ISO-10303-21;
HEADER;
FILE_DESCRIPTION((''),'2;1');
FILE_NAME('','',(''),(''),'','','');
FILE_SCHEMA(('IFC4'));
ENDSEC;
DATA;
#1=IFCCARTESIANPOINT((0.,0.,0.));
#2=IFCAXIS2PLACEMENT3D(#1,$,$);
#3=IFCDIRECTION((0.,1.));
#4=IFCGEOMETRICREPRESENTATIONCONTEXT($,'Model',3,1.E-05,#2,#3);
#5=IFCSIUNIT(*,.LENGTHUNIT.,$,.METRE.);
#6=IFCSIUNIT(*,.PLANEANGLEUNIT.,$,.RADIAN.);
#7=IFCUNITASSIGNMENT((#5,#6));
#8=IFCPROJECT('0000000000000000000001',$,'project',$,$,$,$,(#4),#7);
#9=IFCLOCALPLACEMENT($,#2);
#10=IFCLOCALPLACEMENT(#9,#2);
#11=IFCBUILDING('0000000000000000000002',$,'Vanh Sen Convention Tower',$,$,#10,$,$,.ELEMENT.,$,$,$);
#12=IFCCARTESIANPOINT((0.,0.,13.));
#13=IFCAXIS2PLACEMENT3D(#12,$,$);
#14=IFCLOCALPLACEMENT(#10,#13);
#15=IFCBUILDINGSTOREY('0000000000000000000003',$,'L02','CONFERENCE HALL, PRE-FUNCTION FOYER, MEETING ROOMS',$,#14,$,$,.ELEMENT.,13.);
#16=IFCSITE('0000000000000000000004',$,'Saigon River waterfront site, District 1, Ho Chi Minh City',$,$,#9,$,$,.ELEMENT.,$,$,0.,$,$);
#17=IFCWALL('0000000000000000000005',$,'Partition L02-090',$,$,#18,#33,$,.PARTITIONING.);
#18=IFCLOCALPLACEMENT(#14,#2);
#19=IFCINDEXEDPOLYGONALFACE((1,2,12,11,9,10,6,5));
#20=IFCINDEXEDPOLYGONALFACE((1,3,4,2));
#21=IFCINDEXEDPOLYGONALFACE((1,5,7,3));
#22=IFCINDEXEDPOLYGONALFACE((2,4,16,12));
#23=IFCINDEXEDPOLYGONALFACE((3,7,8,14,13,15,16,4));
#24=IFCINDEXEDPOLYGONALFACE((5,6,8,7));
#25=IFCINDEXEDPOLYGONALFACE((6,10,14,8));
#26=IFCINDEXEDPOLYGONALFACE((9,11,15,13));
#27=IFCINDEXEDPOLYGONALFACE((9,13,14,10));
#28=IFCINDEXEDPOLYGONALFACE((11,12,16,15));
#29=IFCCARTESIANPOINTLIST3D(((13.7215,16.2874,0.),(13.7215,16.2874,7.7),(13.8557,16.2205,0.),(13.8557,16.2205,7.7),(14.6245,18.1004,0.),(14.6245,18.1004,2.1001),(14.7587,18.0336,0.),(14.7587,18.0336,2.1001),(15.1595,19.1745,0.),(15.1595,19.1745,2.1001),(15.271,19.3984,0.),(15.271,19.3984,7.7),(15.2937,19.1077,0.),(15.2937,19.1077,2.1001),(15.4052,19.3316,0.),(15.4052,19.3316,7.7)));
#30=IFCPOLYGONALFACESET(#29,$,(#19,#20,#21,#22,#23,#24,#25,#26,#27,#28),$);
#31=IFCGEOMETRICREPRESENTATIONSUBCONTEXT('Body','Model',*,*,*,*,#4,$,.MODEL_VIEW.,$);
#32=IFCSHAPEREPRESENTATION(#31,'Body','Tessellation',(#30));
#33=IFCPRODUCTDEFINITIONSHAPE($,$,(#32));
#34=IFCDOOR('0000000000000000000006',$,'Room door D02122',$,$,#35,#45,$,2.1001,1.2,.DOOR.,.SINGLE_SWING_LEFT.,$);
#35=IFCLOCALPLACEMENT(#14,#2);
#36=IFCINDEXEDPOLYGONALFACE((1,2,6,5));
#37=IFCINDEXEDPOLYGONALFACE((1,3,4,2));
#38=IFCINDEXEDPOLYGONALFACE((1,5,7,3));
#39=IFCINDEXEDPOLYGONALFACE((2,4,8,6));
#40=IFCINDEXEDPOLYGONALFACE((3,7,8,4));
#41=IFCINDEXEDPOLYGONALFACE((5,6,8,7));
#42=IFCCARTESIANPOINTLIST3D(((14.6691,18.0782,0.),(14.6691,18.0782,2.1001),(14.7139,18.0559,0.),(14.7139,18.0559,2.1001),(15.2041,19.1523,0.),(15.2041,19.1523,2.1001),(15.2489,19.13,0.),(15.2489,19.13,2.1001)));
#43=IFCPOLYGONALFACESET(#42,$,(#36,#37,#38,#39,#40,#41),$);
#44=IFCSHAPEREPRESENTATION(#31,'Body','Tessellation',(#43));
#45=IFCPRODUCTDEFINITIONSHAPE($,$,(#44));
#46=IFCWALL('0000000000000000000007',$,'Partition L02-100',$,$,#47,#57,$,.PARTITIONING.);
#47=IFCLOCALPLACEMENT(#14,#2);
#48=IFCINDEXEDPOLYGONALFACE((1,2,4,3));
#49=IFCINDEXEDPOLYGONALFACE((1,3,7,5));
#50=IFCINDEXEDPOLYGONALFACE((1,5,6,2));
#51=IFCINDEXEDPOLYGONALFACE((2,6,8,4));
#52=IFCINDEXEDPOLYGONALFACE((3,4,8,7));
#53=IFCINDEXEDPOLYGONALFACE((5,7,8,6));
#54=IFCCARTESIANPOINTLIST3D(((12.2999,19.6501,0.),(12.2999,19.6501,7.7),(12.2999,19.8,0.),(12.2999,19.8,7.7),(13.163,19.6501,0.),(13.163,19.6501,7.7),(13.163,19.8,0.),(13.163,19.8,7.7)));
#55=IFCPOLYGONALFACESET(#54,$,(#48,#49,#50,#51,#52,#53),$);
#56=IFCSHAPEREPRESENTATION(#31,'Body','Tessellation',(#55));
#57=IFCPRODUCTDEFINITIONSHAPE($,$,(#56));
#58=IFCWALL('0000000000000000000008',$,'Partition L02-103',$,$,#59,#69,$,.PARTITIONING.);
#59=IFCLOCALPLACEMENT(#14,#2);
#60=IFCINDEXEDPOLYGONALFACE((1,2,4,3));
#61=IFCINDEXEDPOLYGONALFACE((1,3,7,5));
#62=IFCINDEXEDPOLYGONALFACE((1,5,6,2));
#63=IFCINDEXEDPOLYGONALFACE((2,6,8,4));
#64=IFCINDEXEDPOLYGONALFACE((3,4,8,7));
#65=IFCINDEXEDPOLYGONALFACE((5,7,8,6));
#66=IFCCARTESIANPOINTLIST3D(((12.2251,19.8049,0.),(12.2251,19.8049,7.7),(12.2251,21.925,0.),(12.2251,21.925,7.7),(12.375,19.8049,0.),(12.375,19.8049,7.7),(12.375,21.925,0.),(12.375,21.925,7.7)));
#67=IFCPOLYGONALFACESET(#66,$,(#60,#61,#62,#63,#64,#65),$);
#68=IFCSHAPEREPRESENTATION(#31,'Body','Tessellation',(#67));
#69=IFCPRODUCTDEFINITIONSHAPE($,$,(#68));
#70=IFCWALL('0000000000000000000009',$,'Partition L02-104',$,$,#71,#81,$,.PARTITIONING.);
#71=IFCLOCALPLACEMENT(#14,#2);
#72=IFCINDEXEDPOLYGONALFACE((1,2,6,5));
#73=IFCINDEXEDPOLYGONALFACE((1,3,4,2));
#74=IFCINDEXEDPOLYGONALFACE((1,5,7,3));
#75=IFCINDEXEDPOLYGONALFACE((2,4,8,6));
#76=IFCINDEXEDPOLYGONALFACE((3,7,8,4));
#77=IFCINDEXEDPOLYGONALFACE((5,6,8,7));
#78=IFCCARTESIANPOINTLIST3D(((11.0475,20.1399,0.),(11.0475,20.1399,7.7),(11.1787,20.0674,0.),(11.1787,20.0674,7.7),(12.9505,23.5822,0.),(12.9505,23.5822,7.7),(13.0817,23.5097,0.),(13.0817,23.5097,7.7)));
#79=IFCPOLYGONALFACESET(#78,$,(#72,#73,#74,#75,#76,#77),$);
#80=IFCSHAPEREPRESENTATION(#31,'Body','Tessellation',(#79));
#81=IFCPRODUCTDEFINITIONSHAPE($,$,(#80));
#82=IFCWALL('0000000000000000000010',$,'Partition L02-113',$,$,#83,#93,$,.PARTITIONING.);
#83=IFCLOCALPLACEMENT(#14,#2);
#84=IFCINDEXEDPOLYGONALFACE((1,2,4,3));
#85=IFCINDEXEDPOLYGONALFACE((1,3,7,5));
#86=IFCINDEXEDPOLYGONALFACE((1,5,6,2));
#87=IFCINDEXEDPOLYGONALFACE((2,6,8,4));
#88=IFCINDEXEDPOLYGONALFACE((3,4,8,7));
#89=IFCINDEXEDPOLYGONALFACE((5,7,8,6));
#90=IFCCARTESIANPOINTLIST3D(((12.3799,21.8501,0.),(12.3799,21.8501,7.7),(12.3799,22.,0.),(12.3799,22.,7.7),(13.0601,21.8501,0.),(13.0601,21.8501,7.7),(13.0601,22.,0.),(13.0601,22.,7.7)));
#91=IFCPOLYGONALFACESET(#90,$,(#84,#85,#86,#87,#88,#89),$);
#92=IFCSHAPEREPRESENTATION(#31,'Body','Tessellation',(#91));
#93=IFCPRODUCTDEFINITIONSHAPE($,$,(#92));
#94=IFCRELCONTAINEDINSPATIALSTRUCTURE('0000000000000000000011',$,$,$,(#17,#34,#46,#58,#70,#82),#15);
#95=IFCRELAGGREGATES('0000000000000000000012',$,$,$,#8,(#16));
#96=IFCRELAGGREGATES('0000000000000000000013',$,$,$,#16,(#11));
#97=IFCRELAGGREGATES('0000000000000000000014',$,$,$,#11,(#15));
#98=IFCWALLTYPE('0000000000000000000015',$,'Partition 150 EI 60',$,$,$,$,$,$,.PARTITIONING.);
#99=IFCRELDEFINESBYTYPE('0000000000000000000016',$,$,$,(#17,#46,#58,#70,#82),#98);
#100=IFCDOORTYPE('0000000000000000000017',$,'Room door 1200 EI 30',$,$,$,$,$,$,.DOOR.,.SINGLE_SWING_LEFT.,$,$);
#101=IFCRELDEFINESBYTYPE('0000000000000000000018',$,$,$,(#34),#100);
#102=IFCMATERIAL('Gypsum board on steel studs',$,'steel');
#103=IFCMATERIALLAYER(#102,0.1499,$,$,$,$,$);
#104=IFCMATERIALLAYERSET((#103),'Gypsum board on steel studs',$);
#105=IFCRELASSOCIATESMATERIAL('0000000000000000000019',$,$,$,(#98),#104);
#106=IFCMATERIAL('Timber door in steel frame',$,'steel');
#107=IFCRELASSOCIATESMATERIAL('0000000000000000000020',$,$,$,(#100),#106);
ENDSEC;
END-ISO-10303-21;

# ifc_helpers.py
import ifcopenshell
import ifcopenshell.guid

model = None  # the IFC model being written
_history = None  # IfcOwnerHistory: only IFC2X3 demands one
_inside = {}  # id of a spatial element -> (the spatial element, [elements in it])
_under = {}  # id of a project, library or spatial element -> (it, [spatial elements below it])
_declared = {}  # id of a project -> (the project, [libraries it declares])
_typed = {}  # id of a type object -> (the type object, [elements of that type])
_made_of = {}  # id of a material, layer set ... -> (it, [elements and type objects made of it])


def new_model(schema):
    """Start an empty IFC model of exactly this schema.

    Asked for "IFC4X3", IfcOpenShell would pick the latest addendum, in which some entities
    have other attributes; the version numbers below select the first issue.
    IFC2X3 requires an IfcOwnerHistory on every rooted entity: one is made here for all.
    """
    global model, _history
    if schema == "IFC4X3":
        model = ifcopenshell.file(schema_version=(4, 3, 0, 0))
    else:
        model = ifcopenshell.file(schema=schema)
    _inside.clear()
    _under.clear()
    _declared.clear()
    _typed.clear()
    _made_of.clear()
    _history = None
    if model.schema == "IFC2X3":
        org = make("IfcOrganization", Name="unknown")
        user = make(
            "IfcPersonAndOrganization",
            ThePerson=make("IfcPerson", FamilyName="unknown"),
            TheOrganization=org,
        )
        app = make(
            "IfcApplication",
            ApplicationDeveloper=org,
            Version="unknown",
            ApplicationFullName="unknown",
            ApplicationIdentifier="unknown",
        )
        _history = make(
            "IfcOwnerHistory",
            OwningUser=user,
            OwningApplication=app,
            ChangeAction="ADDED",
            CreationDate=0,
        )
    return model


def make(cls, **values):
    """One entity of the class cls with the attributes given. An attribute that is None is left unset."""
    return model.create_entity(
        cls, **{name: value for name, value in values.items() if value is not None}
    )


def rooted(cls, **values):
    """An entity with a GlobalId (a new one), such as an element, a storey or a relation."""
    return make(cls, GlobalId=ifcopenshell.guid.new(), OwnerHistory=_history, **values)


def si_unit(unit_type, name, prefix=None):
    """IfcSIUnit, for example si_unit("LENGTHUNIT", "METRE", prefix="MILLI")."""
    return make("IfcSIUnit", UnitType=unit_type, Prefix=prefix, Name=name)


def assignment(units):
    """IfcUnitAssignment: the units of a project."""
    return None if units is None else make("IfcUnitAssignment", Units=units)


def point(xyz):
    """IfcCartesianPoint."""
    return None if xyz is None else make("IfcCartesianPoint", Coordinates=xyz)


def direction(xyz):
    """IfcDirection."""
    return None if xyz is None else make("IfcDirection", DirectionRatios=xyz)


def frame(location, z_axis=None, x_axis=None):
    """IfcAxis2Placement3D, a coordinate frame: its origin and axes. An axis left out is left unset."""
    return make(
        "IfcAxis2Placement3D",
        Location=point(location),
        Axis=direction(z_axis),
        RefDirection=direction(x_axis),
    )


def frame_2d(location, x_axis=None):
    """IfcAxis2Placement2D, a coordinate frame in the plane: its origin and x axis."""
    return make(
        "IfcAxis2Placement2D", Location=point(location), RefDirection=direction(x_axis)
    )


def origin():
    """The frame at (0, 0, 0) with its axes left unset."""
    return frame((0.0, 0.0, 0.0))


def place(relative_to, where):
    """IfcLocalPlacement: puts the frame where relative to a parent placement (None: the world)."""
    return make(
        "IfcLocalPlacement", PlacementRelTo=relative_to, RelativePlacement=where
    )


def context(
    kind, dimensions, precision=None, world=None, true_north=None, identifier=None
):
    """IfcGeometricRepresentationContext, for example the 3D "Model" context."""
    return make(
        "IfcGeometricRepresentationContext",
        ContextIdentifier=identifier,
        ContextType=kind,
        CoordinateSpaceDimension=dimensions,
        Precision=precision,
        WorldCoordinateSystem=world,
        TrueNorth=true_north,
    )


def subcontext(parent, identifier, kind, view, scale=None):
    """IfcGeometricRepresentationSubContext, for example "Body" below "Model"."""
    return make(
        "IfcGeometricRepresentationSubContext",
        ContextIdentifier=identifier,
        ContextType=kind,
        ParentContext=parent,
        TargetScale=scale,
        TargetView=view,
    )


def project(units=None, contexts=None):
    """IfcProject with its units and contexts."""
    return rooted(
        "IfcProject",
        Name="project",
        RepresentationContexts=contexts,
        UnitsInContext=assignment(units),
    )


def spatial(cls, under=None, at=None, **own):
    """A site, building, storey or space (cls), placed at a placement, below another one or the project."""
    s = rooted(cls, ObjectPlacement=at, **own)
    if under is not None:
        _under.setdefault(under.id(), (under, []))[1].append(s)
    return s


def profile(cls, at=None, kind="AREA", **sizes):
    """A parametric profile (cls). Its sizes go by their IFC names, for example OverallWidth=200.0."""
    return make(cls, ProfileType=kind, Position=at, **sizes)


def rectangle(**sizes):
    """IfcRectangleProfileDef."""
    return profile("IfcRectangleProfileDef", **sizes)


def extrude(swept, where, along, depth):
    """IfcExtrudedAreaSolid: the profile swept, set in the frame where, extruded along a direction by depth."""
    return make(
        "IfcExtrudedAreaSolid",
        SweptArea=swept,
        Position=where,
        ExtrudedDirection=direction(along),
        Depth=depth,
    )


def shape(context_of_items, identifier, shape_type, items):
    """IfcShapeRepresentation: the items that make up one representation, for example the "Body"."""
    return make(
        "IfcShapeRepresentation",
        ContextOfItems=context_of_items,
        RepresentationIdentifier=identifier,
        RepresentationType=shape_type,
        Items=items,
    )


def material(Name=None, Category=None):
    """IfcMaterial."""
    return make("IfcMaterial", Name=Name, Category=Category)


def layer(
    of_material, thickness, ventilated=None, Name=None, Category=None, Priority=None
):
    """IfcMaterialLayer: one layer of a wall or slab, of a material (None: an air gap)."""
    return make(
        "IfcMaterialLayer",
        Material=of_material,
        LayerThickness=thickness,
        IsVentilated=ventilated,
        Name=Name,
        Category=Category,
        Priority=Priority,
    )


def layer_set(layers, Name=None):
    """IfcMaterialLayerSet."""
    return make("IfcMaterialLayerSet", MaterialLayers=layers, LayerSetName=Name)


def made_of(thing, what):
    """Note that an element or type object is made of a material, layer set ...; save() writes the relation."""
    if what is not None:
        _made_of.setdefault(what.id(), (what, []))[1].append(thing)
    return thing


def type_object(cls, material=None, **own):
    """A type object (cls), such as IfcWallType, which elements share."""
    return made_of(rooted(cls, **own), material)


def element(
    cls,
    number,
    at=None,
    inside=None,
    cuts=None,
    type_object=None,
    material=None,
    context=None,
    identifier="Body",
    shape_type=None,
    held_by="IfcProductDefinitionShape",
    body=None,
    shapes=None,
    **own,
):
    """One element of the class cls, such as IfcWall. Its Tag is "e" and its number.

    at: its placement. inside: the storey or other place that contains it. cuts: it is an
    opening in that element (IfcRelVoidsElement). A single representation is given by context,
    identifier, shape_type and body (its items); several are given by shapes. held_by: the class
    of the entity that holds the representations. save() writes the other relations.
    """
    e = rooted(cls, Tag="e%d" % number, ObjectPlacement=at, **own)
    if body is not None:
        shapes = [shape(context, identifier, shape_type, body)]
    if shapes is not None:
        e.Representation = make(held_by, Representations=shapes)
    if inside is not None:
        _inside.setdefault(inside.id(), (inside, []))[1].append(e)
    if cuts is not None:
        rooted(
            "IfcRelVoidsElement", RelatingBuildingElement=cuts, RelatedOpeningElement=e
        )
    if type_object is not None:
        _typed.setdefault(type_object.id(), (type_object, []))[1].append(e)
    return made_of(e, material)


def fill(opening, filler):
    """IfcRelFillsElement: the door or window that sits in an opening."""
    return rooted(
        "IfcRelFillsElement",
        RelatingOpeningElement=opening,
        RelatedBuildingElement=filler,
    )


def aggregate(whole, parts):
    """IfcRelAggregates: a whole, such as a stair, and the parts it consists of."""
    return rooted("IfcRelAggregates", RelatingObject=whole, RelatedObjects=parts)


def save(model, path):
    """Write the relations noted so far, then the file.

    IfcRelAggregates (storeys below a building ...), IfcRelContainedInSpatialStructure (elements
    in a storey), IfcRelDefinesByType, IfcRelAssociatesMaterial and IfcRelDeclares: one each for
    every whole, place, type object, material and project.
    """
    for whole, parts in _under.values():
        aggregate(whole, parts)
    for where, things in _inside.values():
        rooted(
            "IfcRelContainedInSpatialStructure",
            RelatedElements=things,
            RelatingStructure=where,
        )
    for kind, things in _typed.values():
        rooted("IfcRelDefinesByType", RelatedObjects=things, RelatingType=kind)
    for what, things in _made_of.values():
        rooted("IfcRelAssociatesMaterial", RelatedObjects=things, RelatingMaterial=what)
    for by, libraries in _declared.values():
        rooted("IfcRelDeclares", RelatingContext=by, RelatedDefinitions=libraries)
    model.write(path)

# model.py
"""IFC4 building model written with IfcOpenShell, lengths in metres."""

from ifc_helpers import new_model, si_unit, direction, frame, frame_2d, origin, place, context, subcontext, project, spatial, rectangle, extrude, material, layer, layer_set, type_object, element, fill, save


model = new_model("IFC4")

# Units and contexts
model_context = context("Model", 3, precision=1e-05, world=origin(), true_north=direction((0.0, 1.0)))
body_context = subcontext(model_context, "Body", "Model", "MODEL_VIEW")
ifc_project = project(units=[si_unit("LENGTHUNIT", "METRE"), si_unit("PLANEANGLEUNIT", "RADIAN")], contexts=[model_context])

# Site, building, storey
site_placement = place(None, origin())
site = spatial("IfcSite", under=ifc_project, at=site_placement, Name="Saigon River waterfront site, District 1, Ho Chi Minh City", CompositionType="ELEMENT", RefElevation=0.0)
building_placement = place(site_placement, origin())
building = spatial("IfcBuilding", under=site, at=building_placement, Name="Vanh Sen Convention Tower", CompositionType="ELEMENT")
storey_placement = place(building_placement, frame((0.0, 0.0, 13.0)))
storey = spatial("IfcBuildingStorey", under=building, at=storey_placement, Name="L02", Description="CONFERENCE HALL, PRE-FUNCTION FOYER, MEETING ROOMS", CompositionType="ELEMENT", Elevation=13.0)

# Shared definitions
ifc_material_1 = material(Name="Gypsum board on steel studs", Category="steel")
ifc_layer_1 = layer(ifc_material_1, 0.1499)
ifc_layer_set_1 = layer_set([ifc_layer_1], Name="Gypsum board on steel studs")
wall_type_1 = type_object("IfcWallType", Name="Partition 150 EI 60", PredefinedType="PARTITIONING", material=ifc_layer_set_1)
ifc_material_2 = material(Name="Timber door in steel frame", Category="steel")
door_type = type_object("IfcDoorType", Name="Room door 1200 EI 30", OperationType="SINGLE_SWING_LEFT", PredefinedType="DOOR", material=ifc_material_2)

# Wall, opening, door
wall_1_placement = place(storey_placement, frame((15.3381, 19.365, 0.0), z_axis=(0.0, 0.0, 1.0), x_axis=(-0.445836, -0.895115, 0.0)))
wall_1 = element("IfcWall", 1, at=wall_1_placement, inside=storey, type_object=wall_type_1, Name="Partition L02-090", PredefinedType="PARTITIONING", context=body_context, shape_type="SweptSolid", body=[
    extrude(rectangle(XDim=3.4756, YDim=0.1499, at=frame_2d((1.7378, 0.0))), origin(), (0.0, 0.0, 1.0), 7.7),
])
opening_1_placement = place(wall_1_placement, frame((0.25, 0.0, 0.0)))
opening_1 = element("IfcOpeningElement", 2, at=opening_1_placement, cuts=wall_1, PredefinedType="OPENING", context=body_context, shape_type="SweptSolid", body=[
    extrude(rectangle(XDim=1.2, YDim=2.1001, at=frame_2d((0.6001, 1.05))), frame((0.0, 0.085, 0.0), z_axis=(0.0, -1.0, 0.0), x_axis=(1.0, 0.0, 0.0)), (0.0, 0.0, 1.0), 0.1699),
])
door_1_placement = place(opening_1_placement, origin())
door_1 = element("IfcDoor", 3, at=door_1_placement, inside=storey, type_object=door_type, Name="Room door D02122", OperationType="SINGLE_SWING_LEFT", OverallHeight=2.1001, OverallWidth=1.2, PredefinedType="DOOR", context=body_context, shape_type="SweptSolid", body=[
    extrude(rectangle(XDim=1.2, YDim=2.1001, at=frame_2d((0.6001, 1.05))), frame((0.0, 0.0249, 0.0), z_axis=(0.0, -1.0, 0.0), x_axis=(1.0, 0.0, 0.0)), (0.0, 0.0, 1.0), 0.05),
])
fill(opening_1, door_1)

# Walls
wall_2_placement = place(storey_placement, frame((13.1631, 19.7251, 0.0), z_axis=(0.0, 0.0, 1.0), x_axis=(-1.0, 0.0, 0.0)))
element("IfcWall", 4, at=wall_2_placement, inside=storey, type_object=wall_type_1, Name="Partition L02-100", PredefinedType="PARTITIONING", context=body_context, shape_type="SweptSolid", body=[
    extrude(rectangle(XDim=0.863, YDim=0.1499, at=frame_2d((0.4316, 0.0))), origin(), (0.0, 0.0, 1.0), 7.7),
])
wall_3_placement = place(storey_placement, frame((12.3, 19.8049, 0.0), z_axis=(0.0, 0.0, 1.0), x_axis=(0.0, 1.0, 0.0)))
element("IfcWall", 5, at=wall_3_placement, inside=storey, type_object=wall_type_1, Name="Partition L02-103", PredefinedType="PARTITIONING", context=body_context, shape_type="SweptSolid", body=[
    extrude(rectangle(XDim=2.1201, YDim=0.1499, at=frame_2d((1.0601, 0.0))), origin(), (0.0, 0.0, 1.0), 7.7),
])
wall_4_placement = place(storey_placement, frame((11.113, 20.1035, 0.0), z_axis=(0.0, 0.0, 1.0), x_axis=(0.483824, 0.875165, 0.0)))
element("IfcWall", 6, at=wall_4_placement, inside=storey, type_object=wall_type_1, Name="Partition L02-104", PredefinedType="PARTITIONING", context=body_context, shape_type="SweptSolid", body=[
    extrude(rectangle(XDim=3.9333, YDim=0.1499, at=frame_2d((1.9668, 0.0))), origin(), (0.0, 0.0, 1.0), 7.7),
])
wall_5_placement = place(storey_placement, frame((12.3799, 21.925, 0.0), z_axis=(0.0, 0.0, 1.0), x_axis=(1.0, 0.0, 0.0)))
element("IfcWall", 7, at=wall_5_placement, inside=storey, type_object=wall_type_1, Name="Partition L02-113", PredefinedType="PARTITIONING", context=body_context, shape_type="SweptSolid", body=[
    extrude(rectangle(XDim=0.6802, YDim=0.1499, at=frame_2d((0.3401, 0.0))), origin(), (0.0, 0.0, 1.0), 7.7),
])

save(model, "model.ifc")
